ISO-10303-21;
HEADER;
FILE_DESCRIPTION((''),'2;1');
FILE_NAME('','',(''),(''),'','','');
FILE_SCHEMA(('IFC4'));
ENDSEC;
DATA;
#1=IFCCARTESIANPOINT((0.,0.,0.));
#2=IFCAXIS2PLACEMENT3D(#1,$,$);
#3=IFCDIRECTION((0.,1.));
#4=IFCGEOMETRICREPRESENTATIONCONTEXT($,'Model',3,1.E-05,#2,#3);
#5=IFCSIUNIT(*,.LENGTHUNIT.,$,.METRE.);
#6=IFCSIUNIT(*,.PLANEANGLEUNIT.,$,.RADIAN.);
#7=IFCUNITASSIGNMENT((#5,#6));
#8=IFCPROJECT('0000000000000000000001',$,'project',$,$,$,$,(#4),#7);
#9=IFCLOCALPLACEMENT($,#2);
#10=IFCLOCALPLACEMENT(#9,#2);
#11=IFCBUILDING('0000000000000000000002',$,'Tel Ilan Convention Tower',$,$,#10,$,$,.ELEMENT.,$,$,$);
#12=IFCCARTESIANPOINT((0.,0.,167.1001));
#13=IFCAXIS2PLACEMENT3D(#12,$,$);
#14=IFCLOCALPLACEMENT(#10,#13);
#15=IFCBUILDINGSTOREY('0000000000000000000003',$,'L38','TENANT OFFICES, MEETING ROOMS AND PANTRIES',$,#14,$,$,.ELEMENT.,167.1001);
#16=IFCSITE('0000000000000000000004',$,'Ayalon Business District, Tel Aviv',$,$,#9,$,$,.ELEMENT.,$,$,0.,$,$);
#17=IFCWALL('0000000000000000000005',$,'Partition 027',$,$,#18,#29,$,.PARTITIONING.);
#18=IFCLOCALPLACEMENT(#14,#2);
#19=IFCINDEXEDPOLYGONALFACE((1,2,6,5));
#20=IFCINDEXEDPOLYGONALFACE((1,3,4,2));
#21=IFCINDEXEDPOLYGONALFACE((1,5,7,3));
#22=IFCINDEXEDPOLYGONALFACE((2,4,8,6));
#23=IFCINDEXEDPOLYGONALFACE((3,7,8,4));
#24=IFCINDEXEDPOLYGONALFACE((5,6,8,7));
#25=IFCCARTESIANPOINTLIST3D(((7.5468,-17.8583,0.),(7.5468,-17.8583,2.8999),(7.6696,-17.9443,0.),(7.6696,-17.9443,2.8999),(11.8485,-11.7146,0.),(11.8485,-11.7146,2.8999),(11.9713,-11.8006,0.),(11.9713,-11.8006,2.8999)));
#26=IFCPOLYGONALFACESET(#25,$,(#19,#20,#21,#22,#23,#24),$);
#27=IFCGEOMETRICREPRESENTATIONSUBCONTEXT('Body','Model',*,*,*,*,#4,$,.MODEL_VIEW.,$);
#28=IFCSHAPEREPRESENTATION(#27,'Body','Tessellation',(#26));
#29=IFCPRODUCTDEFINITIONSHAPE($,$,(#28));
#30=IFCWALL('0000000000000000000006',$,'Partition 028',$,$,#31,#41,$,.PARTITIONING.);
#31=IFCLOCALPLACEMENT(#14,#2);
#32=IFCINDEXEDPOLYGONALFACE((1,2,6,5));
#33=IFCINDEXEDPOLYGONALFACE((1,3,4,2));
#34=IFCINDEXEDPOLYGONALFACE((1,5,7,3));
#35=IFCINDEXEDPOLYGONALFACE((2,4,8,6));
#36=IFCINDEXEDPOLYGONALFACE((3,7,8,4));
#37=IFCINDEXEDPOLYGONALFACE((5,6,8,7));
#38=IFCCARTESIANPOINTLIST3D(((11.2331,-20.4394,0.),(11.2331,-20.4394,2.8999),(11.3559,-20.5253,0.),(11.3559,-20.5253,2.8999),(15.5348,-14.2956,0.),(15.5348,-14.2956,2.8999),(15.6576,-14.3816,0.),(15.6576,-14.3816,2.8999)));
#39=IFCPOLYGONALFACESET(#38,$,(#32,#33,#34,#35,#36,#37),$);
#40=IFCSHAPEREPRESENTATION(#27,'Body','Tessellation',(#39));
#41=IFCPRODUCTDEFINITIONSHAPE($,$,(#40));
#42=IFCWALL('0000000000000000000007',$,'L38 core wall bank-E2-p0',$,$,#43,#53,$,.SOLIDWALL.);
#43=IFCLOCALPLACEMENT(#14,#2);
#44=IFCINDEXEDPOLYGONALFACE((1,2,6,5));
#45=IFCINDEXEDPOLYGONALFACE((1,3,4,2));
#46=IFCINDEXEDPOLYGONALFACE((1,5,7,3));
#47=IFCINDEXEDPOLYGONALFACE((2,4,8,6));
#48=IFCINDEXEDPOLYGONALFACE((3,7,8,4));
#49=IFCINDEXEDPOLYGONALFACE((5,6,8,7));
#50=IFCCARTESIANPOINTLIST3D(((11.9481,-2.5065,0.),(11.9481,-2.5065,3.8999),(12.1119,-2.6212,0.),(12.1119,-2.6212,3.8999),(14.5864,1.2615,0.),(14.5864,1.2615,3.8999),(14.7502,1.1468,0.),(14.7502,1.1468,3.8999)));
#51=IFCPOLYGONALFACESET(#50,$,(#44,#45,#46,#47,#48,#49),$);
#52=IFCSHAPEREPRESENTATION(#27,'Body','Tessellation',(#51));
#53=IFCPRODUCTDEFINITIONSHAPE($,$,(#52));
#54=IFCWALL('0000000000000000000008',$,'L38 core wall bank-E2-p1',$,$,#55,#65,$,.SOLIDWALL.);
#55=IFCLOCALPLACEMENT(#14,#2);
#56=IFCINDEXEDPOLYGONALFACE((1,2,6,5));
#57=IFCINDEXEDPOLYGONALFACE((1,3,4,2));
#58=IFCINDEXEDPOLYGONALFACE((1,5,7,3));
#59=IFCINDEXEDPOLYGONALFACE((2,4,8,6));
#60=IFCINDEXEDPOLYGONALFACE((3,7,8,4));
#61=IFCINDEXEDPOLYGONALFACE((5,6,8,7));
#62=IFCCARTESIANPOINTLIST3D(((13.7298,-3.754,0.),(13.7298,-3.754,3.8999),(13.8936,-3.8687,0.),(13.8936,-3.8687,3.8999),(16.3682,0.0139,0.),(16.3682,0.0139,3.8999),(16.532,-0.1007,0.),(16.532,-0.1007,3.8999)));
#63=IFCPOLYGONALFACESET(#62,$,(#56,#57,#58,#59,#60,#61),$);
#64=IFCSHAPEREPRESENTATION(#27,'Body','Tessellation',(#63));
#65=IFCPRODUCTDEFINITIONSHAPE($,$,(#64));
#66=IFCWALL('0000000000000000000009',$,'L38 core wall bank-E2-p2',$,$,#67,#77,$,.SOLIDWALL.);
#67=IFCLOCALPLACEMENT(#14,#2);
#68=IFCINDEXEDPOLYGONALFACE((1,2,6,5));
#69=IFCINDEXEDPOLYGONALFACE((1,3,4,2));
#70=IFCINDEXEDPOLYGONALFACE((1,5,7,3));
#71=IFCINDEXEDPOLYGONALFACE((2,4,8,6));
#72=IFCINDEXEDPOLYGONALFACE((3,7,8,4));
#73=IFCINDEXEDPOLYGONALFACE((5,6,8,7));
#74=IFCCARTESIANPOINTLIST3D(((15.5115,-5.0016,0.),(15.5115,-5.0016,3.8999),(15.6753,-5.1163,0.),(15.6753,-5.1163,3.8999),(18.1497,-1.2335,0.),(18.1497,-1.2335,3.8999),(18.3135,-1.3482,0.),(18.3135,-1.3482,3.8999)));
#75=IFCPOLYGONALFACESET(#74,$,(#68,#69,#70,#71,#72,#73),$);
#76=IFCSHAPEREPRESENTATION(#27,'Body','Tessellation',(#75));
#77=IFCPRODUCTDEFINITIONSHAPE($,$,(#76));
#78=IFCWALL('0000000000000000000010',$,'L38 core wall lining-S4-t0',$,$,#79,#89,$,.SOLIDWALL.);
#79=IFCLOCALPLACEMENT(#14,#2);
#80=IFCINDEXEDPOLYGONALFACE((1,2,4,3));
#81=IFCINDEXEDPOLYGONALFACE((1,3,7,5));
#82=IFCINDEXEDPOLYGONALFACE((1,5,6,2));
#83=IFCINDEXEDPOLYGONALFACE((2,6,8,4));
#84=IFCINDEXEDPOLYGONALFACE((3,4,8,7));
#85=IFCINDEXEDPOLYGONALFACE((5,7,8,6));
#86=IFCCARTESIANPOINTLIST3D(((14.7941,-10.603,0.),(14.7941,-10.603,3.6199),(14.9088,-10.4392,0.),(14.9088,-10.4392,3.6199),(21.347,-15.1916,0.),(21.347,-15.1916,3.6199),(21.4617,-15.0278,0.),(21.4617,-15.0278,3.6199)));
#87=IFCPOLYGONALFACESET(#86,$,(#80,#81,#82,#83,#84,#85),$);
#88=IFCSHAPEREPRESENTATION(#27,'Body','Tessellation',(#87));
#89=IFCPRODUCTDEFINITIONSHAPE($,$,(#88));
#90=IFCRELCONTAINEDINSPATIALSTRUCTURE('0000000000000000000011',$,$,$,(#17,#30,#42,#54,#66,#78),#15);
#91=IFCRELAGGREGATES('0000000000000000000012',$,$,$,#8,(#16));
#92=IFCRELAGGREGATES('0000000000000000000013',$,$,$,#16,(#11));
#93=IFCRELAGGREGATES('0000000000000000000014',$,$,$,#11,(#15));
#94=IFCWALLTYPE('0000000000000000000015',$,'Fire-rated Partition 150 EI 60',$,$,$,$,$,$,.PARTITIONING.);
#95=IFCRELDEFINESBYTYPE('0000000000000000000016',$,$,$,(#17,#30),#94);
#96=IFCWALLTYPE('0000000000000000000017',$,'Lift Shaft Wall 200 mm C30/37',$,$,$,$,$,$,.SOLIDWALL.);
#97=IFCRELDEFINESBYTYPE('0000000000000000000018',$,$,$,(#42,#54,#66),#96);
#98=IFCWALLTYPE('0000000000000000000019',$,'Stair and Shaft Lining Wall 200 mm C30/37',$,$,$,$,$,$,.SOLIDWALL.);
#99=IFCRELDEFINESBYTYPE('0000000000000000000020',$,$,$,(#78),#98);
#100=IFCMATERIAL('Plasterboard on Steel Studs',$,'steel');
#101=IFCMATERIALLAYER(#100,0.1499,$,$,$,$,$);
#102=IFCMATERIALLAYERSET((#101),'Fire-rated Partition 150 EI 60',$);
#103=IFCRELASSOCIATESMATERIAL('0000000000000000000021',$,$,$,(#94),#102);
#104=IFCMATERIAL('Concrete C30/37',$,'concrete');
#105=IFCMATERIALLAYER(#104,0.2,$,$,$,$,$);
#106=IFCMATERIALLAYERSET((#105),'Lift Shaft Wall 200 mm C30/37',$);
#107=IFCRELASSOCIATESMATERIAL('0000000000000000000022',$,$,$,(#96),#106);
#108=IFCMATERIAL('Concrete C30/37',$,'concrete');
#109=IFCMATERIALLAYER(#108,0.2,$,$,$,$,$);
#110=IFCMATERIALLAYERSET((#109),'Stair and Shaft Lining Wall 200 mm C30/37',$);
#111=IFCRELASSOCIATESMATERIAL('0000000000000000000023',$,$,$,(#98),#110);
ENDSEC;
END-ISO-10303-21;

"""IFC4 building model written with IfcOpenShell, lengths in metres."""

from ifc_helpers import new_model, si_unit, direction, frame, frame_2d, origin, place, context, subcontext, project, spatial, rectangle, extrude, material, layer, layer_set, type_object, element, save


model = new_model("IFC4")

# Units and contexts
model_context = context("Model", 3, precision=1e-05, world=origin(), true_north=direction((0.0, 1.0)))
body_context = subcontext(model_context, "Body", "Model", "MODEL_VIEW")
ifc_project = project(units=[si_unit("LENGTHUNIT", "METRE"), si_unit("PLANEANGLEUNIT", "RADIAN")], contexts=[model_context])

# Site, building, storey
site_placement = place(None, origin())
site = spatial("IfcSite", under=ifc_project, at=site_placement, Name="Ayalon Business District, Tel Aviv", CompositionType="ELEMENT", RefElevation=0.0)
building_placement = place(site_placement, origin())
building = spatial("IfcBuilding", under=site, at=building_placement, Name="Tel Ilan Convention Tower", CompositionType="ELEMENT")
storey_placement = place(building_placement, frame((0.0, 0.0, 167.1001)))
storey = spatial("IfcBuildingStorey", under=building, at=storey_placement, Name="L38", Description="TENANT OFFICES, MEETING ROOMS AND PANTRIES", CompositionType="ELEMENT", Elevation=167.1001)

# Shared definitions
ifc_material_1 = material(Name="Plasterboard on Steel Studs", Category="steel")
ifc_layer_1 = layer(ifc_material_1, 0.1499)
ifc_layer_set_1 = layer_set([ifc_layer_1], Name="Fire-rated Partition 150 EI 60")
wall_type_1 = type_object("IfcWallType", Name="Fire-rated Partition 150 EI 60", PredefinedType="PARTITIONING", material=ifc_layer_set_1)

# Walls
for number, where, z_axis, x_axis, name in (
    (1, (11.9099, -11.7576, 0.0), (0.0, 0.0, 1.0), (-0.573561, -0.819163, 0.0), "Partition 027"),
    (2, (15.5962, -14.3386, 0.0), (0.0, 0.0, 1.0), (-0.573561, -0.819163, 0.0), "Partition 028"),
):
    element("IfcWall", number, at=place(storey_placement, frame(where, z_axis=z_axis, x_axis=x_axis)), inside=storey, type_object=wall_type_1, Name=name, PredefinedType="PARTITIONING", context=body_context, shape_type="SweptSolid", body=[
        extrude(rectangle(XDim=7.5, YDim=0.1499, at=frame_2d((3.75, 0.0))), origin(), (0.0, 0.0, 1.0), 2.8999),
    ])
ifc_material_2 = material(Name="Concrete C30/37", Category="concrete")
ifc_layer_2 = layer(ifc_material_2, 0.2)
ifc_layer_set_2 = layer_set([ifc_layer_2], Name="Lift Shaft Wall 200 mm C30/37")
wall_type_2 = type_object("IfcWallType", Name="Lift Shaft Wall 200 mm C30/37", PredefinedType="SOLIDWALL", material=ifc_layer_set_2)
for number, where, z_axis, x_axis, name in (
    (3, (12.03, -2.5637, 0.0), (0.0, 0.0, 1.0), (0.573576, 0.819152, 0.0), "L38 core wall bank-E2-p0"),
    (4, (13.8118, -3.8113, 0.0), (0.0, 0.0, 1.0), (0.573576, 0.819152, 0.0), "L38 core wall bank-E2-p1"),
    (5, (15.5935, -5.0588, 0.0), (0.0, 0.0, 1.0), (0.573541, 0.819177, 0.0), "L38 core wall bank-E2-p2"),
):
    element("IfcWall", number, at=place(storey_placement, frame(where, z_axis=z_axis, x_axis=x_axis)), inside=storey, type_object=wall_type_2, Name=name, PredefinedType="SOLIDWALL", context=body_context, shape_type="SweptSolid", body=[
        extrude(rectangle(XDim=4.5999, YDim=0.2, at=frame_2d((2.2998, 0.0))), origin(), (0.0, 0.0, 1.0), 3.8999),
    ])
ifc_material_3 = material(Name="Concrete C30/37", Category="concrete")
ifc_layer_3 = layer(ifc_material_3, 0.2)
ifc_layer_set_3 = layer_set([ifc_layer_3], Name="Stair and Shaft Lining Wall 200 mm C30/37")
wall_type_3 = type_object("IfcWallType", Name="Stair and Shaft Lining Wall 200 mm C30/37", PredefinedType="SOLIDWALL", material=ifc_layer_set_3)
wall_1_placement = place(storey_placement, frame((14.8513, -10.521, 0.0), z_axis=(0.0, 0.0, 1.0), x_axis=(0.819142, -0.573591, 0.0)))
element("IfcWall", 6, at=wall_1_placement, inside=storey, type_object=wall_type_3, Name="L38 core wall lining-S4-t0", PredefinedType="SOLIDWALL", context=body_context, shape_type="SweptSolid", body=[
    extrude(rectangle(XDim=7.9998, YDim=0.2, at=frame_2d((4.0, 0.0))), origin(), (0.0, 0.0, 1.0), 3.6199),
])

save(model, "model.ifc")
